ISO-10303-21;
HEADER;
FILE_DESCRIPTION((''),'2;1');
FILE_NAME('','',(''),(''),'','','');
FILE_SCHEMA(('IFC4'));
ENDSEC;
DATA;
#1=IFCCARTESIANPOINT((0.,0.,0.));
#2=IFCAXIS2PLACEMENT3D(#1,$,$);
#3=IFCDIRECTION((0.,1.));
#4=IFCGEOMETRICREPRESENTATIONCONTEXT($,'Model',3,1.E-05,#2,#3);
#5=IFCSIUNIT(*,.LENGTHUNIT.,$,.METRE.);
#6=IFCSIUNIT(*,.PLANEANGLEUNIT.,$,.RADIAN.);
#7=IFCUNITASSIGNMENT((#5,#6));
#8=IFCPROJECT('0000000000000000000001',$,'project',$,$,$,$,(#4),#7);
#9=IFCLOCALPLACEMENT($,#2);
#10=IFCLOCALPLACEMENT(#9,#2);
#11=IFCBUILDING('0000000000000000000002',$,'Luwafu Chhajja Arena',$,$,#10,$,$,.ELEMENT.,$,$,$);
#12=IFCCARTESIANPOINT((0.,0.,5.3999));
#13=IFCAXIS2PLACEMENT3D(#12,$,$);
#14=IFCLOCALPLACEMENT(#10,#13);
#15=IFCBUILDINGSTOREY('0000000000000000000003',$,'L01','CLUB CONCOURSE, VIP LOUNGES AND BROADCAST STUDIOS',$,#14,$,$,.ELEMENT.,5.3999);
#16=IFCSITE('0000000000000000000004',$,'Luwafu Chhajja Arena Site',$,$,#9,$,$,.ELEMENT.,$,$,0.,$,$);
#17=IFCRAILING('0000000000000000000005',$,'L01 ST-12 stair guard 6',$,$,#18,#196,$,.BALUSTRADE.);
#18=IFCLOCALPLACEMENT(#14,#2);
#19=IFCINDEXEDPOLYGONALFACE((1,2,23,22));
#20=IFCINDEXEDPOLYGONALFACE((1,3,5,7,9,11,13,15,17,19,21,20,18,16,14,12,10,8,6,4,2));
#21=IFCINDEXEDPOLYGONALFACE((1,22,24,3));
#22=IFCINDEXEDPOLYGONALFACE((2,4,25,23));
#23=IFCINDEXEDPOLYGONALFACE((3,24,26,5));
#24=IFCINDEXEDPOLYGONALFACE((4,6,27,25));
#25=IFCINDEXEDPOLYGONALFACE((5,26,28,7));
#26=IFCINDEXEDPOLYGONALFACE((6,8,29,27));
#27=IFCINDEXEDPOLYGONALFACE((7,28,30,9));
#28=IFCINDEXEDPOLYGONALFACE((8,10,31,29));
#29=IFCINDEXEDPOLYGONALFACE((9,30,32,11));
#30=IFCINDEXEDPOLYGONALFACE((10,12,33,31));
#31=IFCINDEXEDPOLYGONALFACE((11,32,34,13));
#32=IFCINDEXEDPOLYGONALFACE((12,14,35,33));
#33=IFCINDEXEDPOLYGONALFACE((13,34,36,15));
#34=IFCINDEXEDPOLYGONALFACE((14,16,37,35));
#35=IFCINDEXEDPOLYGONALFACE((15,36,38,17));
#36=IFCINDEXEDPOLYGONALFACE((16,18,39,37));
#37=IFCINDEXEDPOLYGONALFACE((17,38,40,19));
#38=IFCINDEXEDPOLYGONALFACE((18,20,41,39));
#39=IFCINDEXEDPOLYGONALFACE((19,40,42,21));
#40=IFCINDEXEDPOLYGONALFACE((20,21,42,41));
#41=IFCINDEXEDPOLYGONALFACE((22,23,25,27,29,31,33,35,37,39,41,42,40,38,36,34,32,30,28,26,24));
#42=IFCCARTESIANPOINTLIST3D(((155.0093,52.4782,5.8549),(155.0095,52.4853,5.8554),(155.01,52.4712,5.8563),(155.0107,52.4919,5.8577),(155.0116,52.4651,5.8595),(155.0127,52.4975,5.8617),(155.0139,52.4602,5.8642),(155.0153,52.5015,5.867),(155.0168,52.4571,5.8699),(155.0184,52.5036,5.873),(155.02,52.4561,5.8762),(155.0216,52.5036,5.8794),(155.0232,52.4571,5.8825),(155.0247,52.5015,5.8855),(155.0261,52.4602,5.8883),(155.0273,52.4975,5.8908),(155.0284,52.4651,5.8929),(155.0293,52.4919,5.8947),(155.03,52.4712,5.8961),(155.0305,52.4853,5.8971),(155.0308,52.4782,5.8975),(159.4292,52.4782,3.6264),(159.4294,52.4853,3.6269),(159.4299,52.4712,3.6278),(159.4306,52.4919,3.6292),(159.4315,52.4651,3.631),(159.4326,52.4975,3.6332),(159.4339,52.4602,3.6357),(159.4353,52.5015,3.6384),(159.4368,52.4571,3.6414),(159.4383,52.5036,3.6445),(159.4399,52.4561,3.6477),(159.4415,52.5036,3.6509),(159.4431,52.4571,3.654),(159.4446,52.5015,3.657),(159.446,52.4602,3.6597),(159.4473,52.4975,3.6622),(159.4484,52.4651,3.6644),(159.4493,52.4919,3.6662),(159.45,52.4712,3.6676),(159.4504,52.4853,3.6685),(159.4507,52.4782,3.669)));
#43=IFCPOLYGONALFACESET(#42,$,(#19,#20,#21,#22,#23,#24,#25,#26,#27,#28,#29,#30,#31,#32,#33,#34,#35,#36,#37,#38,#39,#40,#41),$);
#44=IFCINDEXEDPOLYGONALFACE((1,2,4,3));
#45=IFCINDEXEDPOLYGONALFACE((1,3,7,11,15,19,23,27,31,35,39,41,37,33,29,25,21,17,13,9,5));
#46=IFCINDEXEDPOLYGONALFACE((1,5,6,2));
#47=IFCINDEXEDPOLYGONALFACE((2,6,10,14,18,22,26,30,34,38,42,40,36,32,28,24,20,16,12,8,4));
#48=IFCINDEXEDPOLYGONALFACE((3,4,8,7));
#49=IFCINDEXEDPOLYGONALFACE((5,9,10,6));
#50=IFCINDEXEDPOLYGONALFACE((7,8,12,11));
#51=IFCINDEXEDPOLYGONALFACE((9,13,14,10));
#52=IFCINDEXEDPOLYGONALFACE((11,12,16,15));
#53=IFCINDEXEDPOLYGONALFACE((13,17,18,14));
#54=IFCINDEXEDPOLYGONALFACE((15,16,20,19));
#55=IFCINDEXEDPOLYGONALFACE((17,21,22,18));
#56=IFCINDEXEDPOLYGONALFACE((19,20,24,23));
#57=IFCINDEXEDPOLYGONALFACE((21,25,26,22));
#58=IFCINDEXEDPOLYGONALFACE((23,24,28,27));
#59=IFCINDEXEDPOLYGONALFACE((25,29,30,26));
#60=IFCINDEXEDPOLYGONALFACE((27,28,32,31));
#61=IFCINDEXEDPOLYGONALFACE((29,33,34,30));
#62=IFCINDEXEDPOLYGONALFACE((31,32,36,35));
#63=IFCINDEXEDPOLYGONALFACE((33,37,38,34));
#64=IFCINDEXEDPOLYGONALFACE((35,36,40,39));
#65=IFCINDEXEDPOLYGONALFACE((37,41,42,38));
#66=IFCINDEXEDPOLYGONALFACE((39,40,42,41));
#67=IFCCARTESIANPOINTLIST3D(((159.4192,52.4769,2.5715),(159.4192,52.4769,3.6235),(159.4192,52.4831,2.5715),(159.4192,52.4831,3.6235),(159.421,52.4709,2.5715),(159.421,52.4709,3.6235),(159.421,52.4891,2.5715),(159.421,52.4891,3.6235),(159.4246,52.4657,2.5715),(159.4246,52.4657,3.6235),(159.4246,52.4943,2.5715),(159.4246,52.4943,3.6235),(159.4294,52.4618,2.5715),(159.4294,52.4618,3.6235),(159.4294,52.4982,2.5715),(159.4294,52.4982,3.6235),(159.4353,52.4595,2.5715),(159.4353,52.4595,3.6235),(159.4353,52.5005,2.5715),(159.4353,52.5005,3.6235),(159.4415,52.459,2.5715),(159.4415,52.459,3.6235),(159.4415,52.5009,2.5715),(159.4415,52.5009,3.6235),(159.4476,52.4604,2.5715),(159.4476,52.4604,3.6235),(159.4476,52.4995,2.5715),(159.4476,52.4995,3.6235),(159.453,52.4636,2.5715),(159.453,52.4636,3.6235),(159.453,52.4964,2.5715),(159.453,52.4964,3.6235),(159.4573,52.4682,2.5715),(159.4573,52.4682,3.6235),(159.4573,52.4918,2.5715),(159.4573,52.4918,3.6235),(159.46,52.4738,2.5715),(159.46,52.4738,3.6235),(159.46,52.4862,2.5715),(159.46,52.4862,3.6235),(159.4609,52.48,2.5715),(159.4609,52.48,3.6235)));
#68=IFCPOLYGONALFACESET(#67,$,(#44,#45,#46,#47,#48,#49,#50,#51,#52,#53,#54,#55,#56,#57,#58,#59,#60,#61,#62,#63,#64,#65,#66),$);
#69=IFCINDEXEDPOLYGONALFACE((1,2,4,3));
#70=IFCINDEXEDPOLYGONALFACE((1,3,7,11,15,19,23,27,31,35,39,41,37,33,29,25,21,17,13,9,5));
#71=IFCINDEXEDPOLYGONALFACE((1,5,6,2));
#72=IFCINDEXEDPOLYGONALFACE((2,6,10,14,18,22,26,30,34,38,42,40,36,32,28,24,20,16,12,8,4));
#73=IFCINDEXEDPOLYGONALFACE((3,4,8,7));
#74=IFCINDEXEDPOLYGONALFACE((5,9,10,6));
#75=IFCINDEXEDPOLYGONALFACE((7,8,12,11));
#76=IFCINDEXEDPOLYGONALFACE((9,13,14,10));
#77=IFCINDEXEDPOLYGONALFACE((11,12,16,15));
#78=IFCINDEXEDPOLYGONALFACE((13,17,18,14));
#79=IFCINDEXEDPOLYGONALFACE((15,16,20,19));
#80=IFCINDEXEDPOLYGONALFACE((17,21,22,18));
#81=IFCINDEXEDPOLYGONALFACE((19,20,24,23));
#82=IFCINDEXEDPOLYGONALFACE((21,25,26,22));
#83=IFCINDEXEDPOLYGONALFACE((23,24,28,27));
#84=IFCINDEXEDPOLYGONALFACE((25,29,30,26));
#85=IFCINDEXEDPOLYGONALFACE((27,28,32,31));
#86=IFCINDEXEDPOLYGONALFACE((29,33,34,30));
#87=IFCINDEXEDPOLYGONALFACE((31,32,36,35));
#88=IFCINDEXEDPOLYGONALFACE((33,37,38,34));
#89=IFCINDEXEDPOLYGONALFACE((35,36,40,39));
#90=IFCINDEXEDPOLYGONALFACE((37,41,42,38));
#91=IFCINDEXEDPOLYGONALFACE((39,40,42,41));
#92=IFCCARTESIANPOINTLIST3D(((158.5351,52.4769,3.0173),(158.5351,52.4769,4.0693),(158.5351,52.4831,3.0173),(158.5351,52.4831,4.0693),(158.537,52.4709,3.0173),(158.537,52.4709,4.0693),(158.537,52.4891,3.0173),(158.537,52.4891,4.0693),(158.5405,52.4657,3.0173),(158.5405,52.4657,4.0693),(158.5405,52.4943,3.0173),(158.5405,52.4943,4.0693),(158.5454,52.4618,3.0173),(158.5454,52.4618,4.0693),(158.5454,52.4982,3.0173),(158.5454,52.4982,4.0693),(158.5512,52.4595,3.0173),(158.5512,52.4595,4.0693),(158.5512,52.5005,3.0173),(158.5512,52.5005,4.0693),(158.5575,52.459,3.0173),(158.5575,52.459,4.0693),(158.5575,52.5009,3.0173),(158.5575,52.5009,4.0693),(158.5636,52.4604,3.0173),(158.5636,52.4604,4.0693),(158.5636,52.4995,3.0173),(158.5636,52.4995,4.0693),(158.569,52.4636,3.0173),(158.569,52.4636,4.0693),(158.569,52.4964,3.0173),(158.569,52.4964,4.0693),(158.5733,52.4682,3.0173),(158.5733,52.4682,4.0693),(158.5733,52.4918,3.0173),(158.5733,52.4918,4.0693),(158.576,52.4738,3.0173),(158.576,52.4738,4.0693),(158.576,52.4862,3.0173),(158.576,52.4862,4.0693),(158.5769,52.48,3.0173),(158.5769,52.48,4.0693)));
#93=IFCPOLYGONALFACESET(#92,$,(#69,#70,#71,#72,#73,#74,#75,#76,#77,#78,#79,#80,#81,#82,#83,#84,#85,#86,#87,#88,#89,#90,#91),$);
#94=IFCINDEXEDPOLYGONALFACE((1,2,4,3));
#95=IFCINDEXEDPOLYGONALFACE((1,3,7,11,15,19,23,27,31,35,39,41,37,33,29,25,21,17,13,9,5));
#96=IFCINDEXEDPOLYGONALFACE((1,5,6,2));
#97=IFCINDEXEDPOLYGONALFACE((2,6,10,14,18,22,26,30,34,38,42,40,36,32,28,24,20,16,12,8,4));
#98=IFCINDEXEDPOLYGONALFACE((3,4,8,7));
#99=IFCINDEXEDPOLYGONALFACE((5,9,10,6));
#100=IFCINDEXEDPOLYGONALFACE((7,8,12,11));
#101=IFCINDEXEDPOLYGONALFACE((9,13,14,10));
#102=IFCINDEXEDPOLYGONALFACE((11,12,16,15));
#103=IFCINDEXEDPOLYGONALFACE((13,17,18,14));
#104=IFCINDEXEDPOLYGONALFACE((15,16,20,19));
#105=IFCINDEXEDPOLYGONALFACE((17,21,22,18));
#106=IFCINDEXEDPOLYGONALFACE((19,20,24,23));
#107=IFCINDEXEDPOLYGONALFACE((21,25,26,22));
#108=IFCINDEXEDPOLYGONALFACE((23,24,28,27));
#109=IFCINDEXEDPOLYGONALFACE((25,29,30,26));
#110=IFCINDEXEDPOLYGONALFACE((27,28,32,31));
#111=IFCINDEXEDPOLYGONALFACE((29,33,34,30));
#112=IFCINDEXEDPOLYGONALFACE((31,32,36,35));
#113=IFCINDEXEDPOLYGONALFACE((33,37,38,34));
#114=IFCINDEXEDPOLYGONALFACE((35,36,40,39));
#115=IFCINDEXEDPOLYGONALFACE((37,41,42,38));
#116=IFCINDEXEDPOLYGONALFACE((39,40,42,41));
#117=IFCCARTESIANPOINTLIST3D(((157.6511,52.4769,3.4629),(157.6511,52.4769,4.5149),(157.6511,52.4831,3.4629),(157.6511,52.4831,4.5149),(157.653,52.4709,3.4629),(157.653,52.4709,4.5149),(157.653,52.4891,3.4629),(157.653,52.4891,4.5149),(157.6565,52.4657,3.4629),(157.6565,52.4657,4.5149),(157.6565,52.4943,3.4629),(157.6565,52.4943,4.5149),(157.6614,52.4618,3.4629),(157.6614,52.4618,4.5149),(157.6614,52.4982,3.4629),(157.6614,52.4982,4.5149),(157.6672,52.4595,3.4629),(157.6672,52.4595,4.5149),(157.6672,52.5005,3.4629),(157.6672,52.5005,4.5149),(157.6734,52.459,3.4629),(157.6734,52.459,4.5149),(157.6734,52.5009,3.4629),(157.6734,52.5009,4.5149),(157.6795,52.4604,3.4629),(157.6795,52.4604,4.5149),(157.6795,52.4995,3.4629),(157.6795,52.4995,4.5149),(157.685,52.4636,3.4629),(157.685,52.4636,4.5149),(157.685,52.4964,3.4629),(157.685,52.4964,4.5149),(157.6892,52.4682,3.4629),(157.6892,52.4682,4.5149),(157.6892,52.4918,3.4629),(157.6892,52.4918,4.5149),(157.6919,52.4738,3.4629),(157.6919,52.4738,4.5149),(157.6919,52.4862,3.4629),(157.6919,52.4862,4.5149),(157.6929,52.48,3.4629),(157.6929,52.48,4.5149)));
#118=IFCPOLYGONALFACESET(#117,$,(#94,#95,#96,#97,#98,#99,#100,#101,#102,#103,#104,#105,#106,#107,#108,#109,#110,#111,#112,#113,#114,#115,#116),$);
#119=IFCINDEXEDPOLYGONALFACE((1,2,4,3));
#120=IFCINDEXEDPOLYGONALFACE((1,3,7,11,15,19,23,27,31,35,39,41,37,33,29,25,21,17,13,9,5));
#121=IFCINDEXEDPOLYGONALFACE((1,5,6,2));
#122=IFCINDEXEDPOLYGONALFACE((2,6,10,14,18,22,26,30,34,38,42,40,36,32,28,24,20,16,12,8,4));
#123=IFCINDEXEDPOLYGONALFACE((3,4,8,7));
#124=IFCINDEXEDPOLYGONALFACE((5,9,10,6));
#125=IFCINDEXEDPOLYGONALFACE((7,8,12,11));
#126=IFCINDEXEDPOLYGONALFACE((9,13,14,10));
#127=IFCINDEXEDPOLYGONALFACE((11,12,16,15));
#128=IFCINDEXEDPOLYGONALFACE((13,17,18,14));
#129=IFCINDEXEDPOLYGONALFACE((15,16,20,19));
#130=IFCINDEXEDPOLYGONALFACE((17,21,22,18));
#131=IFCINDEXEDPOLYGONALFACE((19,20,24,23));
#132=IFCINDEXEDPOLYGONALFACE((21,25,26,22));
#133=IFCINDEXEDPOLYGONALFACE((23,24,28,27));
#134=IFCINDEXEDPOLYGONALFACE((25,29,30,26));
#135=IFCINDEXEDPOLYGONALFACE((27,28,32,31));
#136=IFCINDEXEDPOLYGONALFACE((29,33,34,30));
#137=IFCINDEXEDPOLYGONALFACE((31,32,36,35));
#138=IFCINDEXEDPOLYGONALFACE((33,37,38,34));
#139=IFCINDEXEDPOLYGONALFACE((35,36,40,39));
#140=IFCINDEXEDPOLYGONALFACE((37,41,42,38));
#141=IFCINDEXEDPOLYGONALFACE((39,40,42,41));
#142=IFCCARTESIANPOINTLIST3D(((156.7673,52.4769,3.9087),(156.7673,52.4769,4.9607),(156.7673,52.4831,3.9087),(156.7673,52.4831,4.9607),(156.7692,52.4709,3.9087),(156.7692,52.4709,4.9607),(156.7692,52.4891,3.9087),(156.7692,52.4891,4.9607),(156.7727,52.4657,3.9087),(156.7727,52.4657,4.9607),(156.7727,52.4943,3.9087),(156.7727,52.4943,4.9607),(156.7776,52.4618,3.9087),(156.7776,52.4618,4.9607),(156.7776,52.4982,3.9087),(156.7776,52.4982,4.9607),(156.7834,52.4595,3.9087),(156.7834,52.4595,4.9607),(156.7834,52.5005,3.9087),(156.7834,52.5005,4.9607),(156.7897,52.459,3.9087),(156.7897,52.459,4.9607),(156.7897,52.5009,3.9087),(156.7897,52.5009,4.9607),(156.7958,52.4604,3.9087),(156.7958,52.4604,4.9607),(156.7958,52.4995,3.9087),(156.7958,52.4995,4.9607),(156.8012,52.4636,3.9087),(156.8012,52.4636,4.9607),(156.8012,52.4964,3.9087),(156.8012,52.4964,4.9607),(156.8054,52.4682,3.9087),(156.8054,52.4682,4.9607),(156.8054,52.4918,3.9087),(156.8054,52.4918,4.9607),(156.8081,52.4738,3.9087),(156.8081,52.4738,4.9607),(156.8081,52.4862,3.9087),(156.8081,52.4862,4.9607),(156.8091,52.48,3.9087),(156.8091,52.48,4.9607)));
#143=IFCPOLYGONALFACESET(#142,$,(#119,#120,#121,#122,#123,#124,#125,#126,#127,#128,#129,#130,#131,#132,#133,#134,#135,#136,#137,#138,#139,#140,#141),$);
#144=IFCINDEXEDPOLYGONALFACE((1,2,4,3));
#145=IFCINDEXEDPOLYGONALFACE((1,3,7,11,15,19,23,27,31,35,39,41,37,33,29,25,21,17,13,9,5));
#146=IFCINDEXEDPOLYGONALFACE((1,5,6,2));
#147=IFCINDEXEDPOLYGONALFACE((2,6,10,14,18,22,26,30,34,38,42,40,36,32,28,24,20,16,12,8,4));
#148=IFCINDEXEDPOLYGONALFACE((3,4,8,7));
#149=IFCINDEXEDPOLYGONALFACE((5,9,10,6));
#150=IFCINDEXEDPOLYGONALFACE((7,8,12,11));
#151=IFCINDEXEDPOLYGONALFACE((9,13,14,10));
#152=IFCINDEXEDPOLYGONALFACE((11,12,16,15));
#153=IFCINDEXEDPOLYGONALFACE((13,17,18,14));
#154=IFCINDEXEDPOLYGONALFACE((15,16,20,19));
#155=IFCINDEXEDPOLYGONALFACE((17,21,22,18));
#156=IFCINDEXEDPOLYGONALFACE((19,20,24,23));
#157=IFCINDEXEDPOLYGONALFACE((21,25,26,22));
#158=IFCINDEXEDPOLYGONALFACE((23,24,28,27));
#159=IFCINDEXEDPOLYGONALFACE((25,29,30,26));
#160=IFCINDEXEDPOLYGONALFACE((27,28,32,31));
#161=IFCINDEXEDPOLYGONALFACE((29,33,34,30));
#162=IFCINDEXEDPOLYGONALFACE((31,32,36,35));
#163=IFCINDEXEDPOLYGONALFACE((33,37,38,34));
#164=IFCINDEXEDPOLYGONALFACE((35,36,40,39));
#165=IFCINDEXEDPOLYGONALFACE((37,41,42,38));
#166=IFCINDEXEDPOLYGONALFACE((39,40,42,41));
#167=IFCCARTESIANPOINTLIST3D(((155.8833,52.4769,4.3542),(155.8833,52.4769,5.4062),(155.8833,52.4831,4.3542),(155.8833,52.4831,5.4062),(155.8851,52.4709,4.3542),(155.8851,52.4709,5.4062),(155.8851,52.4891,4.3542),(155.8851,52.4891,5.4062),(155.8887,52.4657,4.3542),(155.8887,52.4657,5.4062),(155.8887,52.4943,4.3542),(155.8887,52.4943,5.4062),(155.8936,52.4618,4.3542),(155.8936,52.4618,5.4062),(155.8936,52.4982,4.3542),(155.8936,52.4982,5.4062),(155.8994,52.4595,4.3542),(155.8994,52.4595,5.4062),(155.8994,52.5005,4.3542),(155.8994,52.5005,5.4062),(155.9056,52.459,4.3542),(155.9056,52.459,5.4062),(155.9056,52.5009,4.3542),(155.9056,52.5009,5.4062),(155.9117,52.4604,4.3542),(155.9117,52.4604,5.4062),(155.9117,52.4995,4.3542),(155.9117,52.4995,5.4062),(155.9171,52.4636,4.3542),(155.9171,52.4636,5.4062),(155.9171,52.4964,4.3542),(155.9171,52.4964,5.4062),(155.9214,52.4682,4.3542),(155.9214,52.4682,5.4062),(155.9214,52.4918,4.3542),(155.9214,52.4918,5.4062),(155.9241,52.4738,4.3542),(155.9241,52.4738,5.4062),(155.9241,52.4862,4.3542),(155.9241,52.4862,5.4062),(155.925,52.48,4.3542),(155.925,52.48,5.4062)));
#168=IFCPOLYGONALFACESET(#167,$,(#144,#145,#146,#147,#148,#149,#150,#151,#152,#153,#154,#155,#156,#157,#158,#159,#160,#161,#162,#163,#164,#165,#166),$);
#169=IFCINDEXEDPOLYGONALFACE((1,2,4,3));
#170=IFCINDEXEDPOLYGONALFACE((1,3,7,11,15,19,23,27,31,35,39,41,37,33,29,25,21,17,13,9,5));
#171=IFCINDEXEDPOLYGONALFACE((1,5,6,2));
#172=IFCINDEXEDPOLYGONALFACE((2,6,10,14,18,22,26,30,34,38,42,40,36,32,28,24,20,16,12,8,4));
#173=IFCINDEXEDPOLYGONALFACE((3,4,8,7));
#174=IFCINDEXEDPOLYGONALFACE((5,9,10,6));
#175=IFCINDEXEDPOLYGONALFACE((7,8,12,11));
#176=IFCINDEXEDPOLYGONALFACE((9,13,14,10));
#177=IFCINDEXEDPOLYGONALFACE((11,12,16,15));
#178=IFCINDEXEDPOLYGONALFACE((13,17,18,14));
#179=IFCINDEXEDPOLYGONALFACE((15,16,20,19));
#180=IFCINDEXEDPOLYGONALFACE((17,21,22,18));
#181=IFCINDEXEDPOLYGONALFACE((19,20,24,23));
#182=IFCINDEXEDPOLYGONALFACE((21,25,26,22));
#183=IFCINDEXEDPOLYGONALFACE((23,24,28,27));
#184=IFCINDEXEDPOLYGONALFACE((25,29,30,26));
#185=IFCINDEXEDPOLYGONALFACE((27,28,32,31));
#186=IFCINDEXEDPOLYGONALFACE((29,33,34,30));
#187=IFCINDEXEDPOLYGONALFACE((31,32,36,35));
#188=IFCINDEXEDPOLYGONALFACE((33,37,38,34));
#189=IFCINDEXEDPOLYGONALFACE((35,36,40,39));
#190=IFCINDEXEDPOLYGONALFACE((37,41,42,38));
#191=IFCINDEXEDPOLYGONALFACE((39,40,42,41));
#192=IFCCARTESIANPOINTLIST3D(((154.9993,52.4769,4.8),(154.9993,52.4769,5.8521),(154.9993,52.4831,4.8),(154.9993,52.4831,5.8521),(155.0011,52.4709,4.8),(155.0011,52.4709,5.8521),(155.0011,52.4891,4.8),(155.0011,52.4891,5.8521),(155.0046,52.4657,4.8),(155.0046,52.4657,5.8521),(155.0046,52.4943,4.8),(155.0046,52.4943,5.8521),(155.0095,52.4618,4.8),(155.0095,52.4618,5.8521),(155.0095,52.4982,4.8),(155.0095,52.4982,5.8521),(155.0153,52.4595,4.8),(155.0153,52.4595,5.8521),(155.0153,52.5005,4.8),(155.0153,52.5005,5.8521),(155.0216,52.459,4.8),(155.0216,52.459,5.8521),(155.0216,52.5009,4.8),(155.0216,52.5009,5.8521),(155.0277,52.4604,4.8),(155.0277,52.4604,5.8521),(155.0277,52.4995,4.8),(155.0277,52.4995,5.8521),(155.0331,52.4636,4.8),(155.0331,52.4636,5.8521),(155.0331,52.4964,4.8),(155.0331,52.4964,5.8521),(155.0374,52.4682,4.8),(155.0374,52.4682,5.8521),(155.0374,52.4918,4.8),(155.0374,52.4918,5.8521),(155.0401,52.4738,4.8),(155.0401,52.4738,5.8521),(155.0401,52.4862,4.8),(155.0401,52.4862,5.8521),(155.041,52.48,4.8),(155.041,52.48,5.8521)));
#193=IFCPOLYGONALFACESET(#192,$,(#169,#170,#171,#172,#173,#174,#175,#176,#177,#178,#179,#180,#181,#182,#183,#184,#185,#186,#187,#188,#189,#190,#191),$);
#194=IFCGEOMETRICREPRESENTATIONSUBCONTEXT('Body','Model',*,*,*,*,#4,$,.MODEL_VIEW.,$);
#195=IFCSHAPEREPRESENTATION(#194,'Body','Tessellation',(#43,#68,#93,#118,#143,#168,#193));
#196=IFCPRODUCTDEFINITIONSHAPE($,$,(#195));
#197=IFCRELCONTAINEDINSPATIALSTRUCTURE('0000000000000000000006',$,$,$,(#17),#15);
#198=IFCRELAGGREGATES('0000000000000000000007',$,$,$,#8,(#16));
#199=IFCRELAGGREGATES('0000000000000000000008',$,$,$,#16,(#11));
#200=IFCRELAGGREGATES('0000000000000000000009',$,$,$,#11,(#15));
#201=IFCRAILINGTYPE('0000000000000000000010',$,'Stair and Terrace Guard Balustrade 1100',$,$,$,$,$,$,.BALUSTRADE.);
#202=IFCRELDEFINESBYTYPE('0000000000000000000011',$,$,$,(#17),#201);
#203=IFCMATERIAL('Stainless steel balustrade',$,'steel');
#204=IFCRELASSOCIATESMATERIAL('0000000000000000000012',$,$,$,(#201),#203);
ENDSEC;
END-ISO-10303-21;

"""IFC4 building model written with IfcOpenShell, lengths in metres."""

from ifc_helpers import new_model, si_unit, direction, frame, origin, origin_2d, place, context, subcontext, project, spatial, circle, extrude, material, type_object, element, save


model = new_model("IFC4")

# Units and contexts
model_context = context("Model", 3, precision=1e-05, world=origin(), true_north=direction((0.0, 1.0)))
body_context = subcontext(model_context, "Body", "Model", "MODEL_VIEW")
ifc_project = project(units=[si_unit("LENGTHUNIT", "METRE"), si_unit("PLANEANGLEUNIT", "RADIAN")], contexts=[model_context])

# Site, building, storey
site_placement = place(None, origin())
site = spatial("IfcSite", under=ifc_project, at=site_placement, Name="Luwafu Chhajja Arena Site", CompositionType="ELEMENT", RefElevation=0.0)
building_placement = place(site_placement, origin())
building = spatial("IfcBuilding", under=site, at=building_placement, Name="Luwafu Chhajja Arena", CompositionType="ELEMENT")
storey_placement = place(building_placement, frame((0.0, 0.0, 5.3999)))
storey = spatial("IfcBuildingStorey", under=building, at=storey_placement, Name="L01", Description="CLUB CONCOURSE, VIP LOUNGES AND BROADCAST STUDIOS", CompositionType="ELEMENT", Elevation=5.3999)

# Railing
ifc_material_1 = material(Name="Stainless steel balustrade", Category="steel")
railing_type_1 = type_object("IfcRailingType", Name="Stair and Terrace Guard Balustrade 1100", PredefinedType="BALUSTRADE", material=ifc_material_1)
railing_1_placement = place(storey_placement, frame((159.4399, 52.48, 2.5715)))
element("IfcRailing", 1, at=railing_1_placement, inside=storey, type_object=railing_type_1, Name="L01 ST-12 stair guard 6", PredefinedType="BALUSTRADE", context=body_context, shape_type="SweptSolid", body=[
    extrude(circle(Radius=0.0239, at=origin_2d()), frame((0.0, 0.0, 1.0762), z_axis=(-0.892923, 0.0, 0.45021), x_axis=(0.0, -1.0, 0.0)), (0.0, 0.0, 1.0), 4.95),
    extrude(circle(Radius=0.021, at=origin_2d()), origin(), (0.0, 0.0, 1.0), 1.052),
    extrude(circle(Radius=0.021, at=origin_2d()), frame((-0.884, 0.0, 0.4458)), (0.0, 0.0, 1.0), 1.052),
    extrude(circle(Radius=0.021, at=origin_2d()), frame((-1.7681, 0.0, 0.8914)), (0.0, 0.0, 1.0), 1.052),
    extrude(circle(Radius=0.021, at=origin_2d()), frame((-2.6519, 0.0, 1.3372)), (0.0, 0.0, 1.0), 1.052),
    extrude(circle(Radius=0.021, at=origin_2d()), frame((-3.5359, 0.0, 1.7827)), (0.0, 0.0, 1.0), 1.052),
    extrude(circle(Radius=0.021, at=origin_2d()), frame((-4.4199, 0.0, 2.2285)), (0.0, 0.0, 1.0), 1.052),
])

save(model, "model.ifc")
